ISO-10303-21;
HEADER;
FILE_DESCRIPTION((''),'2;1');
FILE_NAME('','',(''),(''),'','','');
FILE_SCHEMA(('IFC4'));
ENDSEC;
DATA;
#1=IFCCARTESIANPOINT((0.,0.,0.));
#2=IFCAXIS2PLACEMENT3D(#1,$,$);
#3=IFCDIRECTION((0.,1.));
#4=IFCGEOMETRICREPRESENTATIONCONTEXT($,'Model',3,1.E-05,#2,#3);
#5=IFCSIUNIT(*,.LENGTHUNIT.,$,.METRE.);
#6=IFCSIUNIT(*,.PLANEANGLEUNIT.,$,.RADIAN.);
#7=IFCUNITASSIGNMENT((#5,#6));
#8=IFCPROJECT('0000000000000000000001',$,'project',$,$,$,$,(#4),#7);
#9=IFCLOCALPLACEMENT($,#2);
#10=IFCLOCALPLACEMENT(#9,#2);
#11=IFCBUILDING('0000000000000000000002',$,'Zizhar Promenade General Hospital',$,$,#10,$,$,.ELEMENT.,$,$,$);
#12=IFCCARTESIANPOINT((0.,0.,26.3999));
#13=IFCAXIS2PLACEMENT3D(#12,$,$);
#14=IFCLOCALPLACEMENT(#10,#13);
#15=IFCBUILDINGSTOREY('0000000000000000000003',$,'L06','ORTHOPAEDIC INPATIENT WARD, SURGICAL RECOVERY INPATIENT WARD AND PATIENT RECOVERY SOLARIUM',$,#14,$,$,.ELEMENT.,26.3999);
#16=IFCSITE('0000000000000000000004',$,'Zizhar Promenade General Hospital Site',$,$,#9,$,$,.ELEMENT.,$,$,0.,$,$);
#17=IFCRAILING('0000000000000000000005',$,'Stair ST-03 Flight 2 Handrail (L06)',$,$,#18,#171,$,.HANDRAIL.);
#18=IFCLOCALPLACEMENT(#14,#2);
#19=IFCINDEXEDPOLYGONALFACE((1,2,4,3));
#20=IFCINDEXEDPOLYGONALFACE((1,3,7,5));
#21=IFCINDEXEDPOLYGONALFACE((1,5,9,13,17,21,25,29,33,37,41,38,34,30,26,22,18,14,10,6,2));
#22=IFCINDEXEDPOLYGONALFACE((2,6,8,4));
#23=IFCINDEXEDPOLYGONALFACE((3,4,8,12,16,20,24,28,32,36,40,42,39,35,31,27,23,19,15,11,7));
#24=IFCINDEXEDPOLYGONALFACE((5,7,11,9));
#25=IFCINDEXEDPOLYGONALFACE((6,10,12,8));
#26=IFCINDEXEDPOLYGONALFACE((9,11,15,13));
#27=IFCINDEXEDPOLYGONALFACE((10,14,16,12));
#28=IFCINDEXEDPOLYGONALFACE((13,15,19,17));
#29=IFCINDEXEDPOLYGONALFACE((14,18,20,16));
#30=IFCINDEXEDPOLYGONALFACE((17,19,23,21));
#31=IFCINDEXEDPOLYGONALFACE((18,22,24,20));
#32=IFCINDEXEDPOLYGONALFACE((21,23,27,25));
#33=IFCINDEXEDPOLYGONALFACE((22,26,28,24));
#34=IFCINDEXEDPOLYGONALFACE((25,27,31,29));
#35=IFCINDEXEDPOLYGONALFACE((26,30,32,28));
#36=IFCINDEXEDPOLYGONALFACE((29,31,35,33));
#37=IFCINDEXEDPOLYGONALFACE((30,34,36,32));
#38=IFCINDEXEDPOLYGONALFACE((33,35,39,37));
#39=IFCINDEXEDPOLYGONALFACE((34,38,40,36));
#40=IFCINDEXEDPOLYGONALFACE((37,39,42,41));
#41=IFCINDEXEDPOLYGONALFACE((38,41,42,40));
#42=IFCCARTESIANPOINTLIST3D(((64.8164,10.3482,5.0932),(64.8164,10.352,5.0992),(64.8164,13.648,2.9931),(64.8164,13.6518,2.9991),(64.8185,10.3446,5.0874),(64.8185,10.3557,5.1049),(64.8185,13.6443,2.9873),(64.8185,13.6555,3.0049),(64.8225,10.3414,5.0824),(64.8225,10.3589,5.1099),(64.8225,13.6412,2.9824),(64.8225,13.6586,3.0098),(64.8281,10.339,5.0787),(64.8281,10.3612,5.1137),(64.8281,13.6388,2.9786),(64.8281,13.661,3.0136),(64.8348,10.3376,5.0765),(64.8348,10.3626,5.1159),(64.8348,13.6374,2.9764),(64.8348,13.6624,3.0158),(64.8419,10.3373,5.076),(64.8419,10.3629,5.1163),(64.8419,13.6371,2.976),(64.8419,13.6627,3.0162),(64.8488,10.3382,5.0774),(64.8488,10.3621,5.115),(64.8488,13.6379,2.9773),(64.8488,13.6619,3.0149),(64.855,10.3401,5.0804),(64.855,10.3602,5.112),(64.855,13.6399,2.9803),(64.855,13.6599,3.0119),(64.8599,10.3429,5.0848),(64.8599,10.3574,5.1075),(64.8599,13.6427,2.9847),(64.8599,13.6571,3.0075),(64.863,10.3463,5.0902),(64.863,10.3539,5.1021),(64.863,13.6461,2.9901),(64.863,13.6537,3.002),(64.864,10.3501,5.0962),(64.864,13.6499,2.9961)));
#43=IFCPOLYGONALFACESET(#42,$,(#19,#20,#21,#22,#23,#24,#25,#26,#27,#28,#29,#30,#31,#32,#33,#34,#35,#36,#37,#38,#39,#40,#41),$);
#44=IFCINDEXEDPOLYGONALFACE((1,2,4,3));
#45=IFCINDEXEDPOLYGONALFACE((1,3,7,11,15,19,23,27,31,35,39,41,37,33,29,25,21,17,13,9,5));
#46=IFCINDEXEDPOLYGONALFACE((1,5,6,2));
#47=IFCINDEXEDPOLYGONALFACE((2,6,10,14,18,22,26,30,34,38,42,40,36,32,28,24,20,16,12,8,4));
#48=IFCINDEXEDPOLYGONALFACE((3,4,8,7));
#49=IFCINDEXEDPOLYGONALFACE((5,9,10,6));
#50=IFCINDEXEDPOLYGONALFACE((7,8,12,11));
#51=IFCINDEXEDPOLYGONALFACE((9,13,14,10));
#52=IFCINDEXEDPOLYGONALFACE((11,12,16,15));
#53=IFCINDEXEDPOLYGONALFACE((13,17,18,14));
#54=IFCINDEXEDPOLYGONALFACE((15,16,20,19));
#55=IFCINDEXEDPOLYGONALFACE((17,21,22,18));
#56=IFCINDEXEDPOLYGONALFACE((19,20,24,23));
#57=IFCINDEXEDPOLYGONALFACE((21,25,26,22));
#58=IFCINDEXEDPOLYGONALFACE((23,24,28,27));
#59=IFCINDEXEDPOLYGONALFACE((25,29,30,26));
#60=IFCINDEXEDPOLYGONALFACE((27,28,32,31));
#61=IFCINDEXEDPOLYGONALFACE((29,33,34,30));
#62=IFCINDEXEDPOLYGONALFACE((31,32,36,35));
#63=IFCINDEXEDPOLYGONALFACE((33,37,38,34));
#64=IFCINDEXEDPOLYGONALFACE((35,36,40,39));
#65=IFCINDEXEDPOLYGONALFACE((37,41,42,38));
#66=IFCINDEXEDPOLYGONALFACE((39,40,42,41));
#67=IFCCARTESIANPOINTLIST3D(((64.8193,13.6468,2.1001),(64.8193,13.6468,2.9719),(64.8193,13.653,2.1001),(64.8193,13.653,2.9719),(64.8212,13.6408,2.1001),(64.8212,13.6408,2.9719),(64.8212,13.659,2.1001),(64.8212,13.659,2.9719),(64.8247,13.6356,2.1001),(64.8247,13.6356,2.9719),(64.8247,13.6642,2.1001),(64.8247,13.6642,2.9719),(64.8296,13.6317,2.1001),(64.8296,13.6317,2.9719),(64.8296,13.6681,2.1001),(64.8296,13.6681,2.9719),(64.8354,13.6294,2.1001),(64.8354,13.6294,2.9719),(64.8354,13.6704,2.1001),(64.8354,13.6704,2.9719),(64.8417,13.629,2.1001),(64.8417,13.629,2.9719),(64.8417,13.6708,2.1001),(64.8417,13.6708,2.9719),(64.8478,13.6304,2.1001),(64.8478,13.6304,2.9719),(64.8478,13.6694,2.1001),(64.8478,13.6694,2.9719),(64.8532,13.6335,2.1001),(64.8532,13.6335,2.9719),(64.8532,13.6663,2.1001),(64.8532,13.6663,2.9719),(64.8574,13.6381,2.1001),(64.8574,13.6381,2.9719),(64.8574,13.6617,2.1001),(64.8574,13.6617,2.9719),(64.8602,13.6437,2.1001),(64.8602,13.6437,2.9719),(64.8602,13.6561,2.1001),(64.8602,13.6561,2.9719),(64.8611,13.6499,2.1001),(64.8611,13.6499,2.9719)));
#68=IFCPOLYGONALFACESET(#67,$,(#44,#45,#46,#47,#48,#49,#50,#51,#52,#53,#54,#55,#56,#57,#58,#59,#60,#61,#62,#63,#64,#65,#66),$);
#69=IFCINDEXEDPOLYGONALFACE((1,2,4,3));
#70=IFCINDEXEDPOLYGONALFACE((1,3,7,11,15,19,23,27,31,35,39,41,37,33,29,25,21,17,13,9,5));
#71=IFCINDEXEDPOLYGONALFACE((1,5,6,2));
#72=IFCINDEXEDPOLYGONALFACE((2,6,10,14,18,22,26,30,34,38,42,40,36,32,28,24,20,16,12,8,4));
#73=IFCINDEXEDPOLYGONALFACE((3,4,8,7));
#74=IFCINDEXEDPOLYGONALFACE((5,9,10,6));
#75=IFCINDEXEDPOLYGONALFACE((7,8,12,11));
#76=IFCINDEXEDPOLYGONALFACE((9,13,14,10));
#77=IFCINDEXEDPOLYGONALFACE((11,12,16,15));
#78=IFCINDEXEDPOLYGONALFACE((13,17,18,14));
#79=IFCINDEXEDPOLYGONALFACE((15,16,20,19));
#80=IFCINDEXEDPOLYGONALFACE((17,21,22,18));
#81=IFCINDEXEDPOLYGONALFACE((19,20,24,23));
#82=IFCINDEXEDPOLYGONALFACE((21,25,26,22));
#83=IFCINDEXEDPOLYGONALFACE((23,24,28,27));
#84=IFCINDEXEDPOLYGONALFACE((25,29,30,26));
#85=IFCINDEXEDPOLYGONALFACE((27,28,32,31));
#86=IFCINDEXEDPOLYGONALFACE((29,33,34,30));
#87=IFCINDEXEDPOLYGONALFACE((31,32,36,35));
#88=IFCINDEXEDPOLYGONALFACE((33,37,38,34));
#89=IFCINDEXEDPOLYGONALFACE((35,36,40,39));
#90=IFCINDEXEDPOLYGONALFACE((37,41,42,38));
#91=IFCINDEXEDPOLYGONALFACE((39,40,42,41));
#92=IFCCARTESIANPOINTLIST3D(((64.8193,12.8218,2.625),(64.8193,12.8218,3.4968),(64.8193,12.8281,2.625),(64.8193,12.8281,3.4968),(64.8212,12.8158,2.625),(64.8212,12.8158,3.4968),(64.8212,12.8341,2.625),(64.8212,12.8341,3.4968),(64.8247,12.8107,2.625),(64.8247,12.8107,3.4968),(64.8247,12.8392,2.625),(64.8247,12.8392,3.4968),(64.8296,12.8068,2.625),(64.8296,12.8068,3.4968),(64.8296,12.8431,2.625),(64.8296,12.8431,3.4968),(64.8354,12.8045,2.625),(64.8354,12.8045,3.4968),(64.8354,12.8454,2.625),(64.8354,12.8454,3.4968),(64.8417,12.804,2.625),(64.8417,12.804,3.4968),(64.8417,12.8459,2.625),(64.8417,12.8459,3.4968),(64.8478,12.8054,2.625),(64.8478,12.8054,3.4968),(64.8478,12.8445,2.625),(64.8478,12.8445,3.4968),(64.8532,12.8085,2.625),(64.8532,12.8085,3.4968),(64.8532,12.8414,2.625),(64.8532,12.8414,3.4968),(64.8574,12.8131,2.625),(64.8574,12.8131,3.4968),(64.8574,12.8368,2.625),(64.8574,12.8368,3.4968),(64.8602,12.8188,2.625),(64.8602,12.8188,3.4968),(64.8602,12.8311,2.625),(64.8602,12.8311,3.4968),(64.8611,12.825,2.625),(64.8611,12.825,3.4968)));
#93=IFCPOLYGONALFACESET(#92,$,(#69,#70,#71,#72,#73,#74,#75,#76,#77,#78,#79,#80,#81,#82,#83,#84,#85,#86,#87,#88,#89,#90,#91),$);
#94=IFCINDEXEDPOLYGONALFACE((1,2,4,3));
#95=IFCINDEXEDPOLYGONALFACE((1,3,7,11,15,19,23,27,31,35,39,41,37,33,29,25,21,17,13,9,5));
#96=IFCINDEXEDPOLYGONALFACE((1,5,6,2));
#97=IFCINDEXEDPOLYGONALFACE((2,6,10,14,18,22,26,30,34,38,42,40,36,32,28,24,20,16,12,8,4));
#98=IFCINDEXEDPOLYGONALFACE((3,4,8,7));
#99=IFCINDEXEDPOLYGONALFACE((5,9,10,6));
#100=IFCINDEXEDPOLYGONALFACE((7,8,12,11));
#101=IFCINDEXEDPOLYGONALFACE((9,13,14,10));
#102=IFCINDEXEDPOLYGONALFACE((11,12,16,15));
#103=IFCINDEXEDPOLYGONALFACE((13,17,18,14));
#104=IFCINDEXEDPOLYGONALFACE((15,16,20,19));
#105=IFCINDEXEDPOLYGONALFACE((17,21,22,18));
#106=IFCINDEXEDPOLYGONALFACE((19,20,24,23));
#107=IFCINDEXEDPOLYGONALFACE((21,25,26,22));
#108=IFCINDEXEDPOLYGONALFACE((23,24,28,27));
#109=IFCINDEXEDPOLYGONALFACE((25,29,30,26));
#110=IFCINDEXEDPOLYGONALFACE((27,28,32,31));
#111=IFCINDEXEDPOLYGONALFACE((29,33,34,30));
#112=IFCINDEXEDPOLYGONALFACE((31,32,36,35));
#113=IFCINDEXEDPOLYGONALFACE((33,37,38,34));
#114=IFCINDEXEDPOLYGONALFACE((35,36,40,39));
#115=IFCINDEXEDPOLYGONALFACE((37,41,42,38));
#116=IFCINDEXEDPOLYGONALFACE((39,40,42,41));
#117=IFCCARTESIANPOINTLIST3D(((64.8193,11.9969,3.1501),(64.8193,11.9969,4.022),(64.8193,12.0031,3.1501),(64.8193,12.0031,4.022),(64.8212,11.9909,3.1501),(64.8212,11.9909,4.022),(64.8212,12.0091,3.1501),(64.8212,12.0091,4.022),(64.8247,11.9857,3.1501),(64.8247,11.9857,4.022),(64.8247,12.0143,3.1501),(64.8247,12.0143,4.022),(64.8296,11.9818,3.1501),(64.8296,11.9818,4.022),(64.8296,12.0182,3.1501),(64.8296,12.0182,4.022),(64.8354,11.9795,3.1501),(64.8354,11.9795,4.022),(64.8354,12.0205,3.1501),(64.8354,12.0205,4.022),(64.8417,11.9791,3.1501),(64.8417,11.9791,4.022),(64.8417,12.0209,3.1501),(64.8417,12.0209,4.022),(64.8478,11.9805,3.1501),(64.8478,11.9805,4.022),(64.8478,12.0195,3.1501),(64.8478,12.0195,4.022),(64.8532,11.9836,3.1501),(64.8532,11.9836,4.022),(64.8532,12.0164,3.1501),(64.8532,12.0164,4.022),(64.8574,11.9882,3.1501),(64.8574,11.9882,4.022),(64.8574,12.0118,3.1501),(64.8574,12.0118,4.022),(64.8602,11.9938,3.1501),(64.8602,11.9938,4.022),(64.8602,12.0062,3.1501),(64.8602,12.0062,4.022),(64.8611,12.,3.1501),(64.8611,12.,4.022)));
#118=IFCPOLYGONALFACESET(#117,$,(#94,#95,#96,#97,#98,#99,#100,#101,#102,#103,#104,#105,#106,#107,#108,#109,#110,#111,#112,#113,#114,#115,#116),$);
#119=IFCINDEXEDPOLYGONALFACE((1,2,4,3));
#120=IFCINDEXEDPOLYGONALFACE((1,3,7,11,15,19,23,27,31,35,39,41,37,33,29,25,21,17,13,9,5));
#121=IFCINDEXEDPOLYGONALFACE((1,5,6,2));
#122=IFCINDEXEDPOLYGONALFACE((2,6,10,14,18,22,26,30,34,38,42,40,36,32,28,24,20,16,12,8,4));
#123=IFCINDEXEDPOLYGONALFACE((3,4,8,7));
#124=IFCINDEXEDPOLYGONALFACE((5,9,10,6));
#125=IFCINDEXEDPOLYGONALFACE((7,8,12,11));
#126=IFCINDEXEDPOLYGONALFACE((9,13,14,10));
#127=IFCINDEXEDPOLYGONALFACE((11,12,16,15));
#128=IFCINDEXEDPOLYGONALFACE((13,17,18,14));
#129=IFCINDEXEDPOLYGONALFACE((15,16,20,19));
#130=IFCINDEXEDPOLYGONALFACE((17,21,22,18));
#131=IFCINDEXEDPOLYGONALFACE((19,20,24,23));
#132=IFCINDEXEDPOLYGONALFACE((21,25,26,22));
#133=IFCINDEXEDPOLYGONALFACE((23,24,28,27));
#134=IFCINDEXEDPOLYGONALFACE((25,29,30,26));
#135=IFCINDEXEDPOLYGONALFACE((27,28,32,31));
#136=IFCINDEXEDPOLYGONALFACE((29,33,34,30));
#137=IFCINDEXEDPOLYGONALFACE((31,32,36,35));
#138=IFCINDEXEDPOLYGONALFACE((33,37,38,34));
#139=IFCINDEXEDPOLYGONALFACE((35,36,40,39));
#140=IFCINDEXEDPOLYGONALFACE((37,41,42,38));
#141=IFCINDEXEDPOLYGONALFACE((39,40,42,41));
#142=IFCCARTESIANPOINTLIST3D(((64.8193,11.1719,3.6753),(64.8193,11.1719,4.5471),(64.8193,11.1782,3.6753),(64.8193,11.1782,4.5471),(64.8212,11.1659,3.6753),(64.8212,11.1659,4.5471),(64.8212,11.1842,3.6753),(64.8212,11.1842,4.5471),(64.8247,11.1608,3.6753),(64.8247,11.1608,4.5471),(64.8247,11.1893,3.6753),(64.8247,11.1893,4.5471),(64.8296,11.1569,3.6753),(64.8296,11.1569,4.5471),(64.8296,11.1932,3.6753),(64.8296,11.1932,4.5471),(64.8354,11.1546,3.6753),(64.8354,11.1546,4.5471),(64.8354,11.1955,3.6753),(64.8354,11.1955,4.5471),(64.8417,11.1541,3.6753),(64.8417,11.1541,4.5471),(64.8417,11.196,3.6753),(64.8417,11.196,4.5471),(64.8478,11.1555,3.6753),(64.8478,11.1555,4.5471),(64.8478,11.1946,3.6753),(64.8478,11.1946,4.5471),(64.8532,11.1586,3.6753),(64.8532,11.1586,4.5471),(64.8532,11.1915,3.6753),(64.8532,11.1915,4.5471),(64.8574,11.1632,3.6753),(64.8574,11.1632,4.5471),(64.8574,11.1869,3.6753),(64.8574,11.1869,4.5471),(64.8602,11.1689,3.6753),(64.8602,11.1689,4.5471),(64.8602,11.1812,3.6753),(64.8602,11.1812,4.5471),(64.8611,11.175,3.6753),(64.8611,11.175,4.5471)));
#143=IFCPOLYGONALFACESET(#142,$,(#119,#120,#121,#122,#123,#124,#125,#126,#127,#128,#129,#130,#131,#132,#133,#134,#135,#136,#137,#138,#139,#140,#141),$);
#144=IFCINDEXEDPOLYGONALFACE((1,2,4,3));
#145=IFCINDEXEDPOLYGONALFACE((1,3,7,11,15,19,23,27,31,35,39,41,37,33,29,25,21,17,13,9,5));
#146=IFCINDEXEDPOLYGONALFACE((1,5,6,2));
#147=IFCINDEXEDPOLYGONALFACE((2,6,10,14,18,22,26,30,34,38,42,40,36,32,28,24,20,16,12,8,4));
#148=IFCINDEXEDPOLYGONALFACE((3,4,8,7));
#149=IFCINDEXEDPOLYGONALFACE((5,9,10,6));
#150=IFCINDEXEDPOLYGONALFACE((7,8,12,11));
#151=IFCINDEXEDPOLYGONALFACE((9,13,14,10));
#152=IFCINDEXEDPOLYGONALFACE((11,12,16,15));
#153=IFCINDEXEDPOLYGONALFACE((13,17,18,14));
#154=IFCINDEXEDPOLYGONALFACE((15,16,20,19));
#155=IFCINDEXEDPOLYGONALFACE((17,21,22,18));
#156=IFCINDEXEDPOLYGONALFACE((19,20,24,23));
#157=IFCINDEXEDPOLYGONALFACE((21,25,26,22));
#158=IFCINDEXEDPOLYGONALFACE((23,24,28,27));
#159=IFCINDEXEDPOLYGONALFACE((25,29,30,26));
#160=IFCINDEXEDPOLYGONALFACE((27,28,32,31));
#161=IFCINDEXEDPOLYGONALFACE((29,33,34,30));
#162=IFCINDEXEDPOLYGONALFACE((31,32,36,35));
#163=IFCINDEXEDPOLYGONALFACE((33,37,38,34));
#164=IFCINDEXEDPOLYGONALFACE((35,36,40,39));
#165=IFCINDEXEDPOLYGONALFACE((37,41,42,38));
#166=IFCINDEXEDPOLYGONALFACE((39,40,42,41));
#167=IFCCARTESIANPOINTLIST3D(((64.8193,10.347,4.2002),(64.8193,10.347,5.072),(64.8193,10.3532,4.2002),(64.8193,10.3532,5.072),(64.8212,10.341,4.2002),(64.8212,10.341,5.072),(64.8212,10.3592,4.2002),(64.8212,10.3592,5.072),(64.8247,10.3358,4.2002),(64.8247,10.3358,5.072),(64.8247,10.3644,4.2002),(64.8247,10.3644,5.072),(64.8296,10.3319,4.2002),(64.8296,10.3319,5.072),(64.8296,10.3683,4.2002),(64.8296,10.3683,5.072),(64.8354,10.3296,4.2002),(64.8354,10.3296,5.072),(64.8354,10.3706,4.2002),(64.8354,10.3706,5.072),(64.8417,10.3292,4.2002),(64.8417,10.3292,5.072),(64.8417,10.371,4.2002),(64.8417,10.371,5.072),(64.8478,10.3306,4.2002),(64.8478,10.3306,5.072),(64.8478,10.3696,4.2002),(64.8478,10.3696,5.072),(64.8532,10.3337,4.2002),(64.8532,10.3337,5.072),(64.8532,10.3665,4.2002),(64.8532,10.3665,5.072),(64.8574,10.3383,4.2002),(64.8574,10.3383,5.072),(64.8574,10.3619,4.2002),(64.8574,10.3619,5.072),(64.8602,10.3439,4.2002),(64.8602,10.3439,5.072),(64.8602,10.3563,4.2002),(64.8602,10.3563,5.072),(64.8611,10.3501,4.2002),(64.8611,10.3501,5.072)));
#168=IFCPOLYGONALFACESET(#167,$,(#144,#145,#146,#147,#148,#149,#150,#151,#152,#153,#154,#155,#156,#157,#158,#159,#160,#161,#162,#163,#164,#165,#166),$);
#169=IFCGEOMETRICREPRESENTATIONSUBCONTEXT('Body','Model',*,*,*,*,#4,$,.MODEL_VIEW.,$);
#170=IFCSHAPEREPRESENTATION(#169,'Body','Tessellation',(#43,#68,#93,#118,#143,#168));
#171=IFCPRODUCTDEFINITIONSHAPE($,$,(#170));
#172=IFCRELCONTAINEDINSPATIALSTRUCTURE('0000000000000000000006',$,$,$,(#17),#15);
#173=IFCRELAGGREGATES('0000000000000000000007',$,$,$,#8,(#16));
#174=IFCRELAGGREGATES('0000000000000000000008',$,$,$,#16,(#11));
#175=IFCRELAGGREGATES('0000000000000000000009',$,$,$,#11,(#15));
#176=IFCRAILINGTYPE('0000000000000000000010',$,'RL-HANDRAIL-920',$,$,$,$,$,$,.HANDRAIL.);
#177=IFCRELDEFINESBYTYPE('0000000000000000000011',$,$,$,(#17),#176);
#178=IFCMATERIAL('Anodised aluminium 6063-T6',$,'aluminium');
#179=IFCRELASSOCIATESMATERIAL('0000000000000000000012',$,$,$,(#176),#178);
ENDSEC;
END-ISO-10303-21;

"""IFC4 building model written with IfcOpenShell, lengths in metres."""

from ifc_helpers import new_model, si_unit, direction, frame, origin, origin_2d, place, context, subcontext, project, spatial, circle, hollow_circle, extrude, material, material_profile, profile_set, type_object, element, save


model = new_model("IFC4")

# Units and contexts
model_context = context("Model", 3, precision=1e-05, world=origin(), true_north=direction((0.0, 1.0)))
body_context = subcontext(model_context, "Body", "Model", "MODEL_VIEW")
ifc_project = project(units=[si_unit("LENGTHUNIT", "METRE"), si_unit("PLANEANGLEUNIT", "RADIAN")], contexts=[model_context])

# Site, building, storey
site_placement = place(None, origin())
site = spatial("IfcSite", under=ifc_project, at=site_placement, Name="Zizhar Promenade General Hospital Site", CompositionType="ELEMENT", RefElevation=0.0)
building_placement = place(site_placement, origin())
building = spatial("IfcBuilding", under=site, at=building_placement, Name="Zizhar Promenade General Hospital", CompositionType="ELEMENT")
storey_placement = place(building_placement, frame((0.0, 0.0, 26.3999)))
storey = spatial("IfcBuildingStorey", under=building, at=storey_placement, Name="L06", Description="ORTHOPAEDIC INPATIENT WARD, SURGICAL RECOVERY INPATIENT WARD AND PATIENT RECOVERY SOLARIUM", CompositionType="ELEMENT", Elevation=26.3999)

# Railing
ifc_material_1 = material(Name="Anodised aluminium 6063-T6", Category="aluminium")
ifc_material_profile_1 = material_profile(ifc_material_1, hollow_circle(Radius=0.0698, WallThickness=0.0063, at=origin_2d()))
ifc_profile_set_1 = profile_set([ifc_material_profile_1], Name="Anodised aluminium 6063-T6")
railing_type_1 = type_object("IfcRailingType", Name="RL-HANDRAIL-920", PredefinedType="HANDRAIL", material=ifc_profile_set_1)
railing_1_placement = place(storey_placement, frame((64.8401, 13.6499, 2.1001)))
element("IfcRailing", 1, at=railing_1_placement, inside=storey, type_object=railing_type_1, Name="Stair ST-03 Flight 2 Handrail (L06)", PredefinedType="HANDRAIL", context=body_context, shape_type="SweptSolid", body=[
    extrude(circle(Radius=0.0239, at=origin_2d()), frame((0.0, 0.0, 0.896), z_axis=(0.0, -0.843636, 0.536916), x_axis=(1.0, 0.0, 0.0)), (0.0, 0.0, 1.0), 3.9114),
    extrude(circle(Radius=0.021, at=origin_2d()), origin(), (0.0, 0.0, 1.0), 0.8718),
    extrude(circle(Radius=0.021, at=origin_2d()), frame((0.0, -0.825, 0.5249)), (0.0, 0.0, 1.0), 0.8718),
    extrude(circle(Radius=0.021, at=origin_2d()), frame((0.0, -1.6499, 1.05)), (0.0, 0.0, 1.0), 0.8718),
    extrude(circle(Radius=0.021, at=origin_2d()), frame((0.0, -2.4749, 1.5752)), (0.0, 0.0, 1.0), 0.8718),
    extrude(circle(Radius=0.021, at=origin_2d()), frame((0.0, -3.2998, 2.1001)), (0.0, 0.0, 1.0), 0.8718),
])

save(model, "model.ifc")
